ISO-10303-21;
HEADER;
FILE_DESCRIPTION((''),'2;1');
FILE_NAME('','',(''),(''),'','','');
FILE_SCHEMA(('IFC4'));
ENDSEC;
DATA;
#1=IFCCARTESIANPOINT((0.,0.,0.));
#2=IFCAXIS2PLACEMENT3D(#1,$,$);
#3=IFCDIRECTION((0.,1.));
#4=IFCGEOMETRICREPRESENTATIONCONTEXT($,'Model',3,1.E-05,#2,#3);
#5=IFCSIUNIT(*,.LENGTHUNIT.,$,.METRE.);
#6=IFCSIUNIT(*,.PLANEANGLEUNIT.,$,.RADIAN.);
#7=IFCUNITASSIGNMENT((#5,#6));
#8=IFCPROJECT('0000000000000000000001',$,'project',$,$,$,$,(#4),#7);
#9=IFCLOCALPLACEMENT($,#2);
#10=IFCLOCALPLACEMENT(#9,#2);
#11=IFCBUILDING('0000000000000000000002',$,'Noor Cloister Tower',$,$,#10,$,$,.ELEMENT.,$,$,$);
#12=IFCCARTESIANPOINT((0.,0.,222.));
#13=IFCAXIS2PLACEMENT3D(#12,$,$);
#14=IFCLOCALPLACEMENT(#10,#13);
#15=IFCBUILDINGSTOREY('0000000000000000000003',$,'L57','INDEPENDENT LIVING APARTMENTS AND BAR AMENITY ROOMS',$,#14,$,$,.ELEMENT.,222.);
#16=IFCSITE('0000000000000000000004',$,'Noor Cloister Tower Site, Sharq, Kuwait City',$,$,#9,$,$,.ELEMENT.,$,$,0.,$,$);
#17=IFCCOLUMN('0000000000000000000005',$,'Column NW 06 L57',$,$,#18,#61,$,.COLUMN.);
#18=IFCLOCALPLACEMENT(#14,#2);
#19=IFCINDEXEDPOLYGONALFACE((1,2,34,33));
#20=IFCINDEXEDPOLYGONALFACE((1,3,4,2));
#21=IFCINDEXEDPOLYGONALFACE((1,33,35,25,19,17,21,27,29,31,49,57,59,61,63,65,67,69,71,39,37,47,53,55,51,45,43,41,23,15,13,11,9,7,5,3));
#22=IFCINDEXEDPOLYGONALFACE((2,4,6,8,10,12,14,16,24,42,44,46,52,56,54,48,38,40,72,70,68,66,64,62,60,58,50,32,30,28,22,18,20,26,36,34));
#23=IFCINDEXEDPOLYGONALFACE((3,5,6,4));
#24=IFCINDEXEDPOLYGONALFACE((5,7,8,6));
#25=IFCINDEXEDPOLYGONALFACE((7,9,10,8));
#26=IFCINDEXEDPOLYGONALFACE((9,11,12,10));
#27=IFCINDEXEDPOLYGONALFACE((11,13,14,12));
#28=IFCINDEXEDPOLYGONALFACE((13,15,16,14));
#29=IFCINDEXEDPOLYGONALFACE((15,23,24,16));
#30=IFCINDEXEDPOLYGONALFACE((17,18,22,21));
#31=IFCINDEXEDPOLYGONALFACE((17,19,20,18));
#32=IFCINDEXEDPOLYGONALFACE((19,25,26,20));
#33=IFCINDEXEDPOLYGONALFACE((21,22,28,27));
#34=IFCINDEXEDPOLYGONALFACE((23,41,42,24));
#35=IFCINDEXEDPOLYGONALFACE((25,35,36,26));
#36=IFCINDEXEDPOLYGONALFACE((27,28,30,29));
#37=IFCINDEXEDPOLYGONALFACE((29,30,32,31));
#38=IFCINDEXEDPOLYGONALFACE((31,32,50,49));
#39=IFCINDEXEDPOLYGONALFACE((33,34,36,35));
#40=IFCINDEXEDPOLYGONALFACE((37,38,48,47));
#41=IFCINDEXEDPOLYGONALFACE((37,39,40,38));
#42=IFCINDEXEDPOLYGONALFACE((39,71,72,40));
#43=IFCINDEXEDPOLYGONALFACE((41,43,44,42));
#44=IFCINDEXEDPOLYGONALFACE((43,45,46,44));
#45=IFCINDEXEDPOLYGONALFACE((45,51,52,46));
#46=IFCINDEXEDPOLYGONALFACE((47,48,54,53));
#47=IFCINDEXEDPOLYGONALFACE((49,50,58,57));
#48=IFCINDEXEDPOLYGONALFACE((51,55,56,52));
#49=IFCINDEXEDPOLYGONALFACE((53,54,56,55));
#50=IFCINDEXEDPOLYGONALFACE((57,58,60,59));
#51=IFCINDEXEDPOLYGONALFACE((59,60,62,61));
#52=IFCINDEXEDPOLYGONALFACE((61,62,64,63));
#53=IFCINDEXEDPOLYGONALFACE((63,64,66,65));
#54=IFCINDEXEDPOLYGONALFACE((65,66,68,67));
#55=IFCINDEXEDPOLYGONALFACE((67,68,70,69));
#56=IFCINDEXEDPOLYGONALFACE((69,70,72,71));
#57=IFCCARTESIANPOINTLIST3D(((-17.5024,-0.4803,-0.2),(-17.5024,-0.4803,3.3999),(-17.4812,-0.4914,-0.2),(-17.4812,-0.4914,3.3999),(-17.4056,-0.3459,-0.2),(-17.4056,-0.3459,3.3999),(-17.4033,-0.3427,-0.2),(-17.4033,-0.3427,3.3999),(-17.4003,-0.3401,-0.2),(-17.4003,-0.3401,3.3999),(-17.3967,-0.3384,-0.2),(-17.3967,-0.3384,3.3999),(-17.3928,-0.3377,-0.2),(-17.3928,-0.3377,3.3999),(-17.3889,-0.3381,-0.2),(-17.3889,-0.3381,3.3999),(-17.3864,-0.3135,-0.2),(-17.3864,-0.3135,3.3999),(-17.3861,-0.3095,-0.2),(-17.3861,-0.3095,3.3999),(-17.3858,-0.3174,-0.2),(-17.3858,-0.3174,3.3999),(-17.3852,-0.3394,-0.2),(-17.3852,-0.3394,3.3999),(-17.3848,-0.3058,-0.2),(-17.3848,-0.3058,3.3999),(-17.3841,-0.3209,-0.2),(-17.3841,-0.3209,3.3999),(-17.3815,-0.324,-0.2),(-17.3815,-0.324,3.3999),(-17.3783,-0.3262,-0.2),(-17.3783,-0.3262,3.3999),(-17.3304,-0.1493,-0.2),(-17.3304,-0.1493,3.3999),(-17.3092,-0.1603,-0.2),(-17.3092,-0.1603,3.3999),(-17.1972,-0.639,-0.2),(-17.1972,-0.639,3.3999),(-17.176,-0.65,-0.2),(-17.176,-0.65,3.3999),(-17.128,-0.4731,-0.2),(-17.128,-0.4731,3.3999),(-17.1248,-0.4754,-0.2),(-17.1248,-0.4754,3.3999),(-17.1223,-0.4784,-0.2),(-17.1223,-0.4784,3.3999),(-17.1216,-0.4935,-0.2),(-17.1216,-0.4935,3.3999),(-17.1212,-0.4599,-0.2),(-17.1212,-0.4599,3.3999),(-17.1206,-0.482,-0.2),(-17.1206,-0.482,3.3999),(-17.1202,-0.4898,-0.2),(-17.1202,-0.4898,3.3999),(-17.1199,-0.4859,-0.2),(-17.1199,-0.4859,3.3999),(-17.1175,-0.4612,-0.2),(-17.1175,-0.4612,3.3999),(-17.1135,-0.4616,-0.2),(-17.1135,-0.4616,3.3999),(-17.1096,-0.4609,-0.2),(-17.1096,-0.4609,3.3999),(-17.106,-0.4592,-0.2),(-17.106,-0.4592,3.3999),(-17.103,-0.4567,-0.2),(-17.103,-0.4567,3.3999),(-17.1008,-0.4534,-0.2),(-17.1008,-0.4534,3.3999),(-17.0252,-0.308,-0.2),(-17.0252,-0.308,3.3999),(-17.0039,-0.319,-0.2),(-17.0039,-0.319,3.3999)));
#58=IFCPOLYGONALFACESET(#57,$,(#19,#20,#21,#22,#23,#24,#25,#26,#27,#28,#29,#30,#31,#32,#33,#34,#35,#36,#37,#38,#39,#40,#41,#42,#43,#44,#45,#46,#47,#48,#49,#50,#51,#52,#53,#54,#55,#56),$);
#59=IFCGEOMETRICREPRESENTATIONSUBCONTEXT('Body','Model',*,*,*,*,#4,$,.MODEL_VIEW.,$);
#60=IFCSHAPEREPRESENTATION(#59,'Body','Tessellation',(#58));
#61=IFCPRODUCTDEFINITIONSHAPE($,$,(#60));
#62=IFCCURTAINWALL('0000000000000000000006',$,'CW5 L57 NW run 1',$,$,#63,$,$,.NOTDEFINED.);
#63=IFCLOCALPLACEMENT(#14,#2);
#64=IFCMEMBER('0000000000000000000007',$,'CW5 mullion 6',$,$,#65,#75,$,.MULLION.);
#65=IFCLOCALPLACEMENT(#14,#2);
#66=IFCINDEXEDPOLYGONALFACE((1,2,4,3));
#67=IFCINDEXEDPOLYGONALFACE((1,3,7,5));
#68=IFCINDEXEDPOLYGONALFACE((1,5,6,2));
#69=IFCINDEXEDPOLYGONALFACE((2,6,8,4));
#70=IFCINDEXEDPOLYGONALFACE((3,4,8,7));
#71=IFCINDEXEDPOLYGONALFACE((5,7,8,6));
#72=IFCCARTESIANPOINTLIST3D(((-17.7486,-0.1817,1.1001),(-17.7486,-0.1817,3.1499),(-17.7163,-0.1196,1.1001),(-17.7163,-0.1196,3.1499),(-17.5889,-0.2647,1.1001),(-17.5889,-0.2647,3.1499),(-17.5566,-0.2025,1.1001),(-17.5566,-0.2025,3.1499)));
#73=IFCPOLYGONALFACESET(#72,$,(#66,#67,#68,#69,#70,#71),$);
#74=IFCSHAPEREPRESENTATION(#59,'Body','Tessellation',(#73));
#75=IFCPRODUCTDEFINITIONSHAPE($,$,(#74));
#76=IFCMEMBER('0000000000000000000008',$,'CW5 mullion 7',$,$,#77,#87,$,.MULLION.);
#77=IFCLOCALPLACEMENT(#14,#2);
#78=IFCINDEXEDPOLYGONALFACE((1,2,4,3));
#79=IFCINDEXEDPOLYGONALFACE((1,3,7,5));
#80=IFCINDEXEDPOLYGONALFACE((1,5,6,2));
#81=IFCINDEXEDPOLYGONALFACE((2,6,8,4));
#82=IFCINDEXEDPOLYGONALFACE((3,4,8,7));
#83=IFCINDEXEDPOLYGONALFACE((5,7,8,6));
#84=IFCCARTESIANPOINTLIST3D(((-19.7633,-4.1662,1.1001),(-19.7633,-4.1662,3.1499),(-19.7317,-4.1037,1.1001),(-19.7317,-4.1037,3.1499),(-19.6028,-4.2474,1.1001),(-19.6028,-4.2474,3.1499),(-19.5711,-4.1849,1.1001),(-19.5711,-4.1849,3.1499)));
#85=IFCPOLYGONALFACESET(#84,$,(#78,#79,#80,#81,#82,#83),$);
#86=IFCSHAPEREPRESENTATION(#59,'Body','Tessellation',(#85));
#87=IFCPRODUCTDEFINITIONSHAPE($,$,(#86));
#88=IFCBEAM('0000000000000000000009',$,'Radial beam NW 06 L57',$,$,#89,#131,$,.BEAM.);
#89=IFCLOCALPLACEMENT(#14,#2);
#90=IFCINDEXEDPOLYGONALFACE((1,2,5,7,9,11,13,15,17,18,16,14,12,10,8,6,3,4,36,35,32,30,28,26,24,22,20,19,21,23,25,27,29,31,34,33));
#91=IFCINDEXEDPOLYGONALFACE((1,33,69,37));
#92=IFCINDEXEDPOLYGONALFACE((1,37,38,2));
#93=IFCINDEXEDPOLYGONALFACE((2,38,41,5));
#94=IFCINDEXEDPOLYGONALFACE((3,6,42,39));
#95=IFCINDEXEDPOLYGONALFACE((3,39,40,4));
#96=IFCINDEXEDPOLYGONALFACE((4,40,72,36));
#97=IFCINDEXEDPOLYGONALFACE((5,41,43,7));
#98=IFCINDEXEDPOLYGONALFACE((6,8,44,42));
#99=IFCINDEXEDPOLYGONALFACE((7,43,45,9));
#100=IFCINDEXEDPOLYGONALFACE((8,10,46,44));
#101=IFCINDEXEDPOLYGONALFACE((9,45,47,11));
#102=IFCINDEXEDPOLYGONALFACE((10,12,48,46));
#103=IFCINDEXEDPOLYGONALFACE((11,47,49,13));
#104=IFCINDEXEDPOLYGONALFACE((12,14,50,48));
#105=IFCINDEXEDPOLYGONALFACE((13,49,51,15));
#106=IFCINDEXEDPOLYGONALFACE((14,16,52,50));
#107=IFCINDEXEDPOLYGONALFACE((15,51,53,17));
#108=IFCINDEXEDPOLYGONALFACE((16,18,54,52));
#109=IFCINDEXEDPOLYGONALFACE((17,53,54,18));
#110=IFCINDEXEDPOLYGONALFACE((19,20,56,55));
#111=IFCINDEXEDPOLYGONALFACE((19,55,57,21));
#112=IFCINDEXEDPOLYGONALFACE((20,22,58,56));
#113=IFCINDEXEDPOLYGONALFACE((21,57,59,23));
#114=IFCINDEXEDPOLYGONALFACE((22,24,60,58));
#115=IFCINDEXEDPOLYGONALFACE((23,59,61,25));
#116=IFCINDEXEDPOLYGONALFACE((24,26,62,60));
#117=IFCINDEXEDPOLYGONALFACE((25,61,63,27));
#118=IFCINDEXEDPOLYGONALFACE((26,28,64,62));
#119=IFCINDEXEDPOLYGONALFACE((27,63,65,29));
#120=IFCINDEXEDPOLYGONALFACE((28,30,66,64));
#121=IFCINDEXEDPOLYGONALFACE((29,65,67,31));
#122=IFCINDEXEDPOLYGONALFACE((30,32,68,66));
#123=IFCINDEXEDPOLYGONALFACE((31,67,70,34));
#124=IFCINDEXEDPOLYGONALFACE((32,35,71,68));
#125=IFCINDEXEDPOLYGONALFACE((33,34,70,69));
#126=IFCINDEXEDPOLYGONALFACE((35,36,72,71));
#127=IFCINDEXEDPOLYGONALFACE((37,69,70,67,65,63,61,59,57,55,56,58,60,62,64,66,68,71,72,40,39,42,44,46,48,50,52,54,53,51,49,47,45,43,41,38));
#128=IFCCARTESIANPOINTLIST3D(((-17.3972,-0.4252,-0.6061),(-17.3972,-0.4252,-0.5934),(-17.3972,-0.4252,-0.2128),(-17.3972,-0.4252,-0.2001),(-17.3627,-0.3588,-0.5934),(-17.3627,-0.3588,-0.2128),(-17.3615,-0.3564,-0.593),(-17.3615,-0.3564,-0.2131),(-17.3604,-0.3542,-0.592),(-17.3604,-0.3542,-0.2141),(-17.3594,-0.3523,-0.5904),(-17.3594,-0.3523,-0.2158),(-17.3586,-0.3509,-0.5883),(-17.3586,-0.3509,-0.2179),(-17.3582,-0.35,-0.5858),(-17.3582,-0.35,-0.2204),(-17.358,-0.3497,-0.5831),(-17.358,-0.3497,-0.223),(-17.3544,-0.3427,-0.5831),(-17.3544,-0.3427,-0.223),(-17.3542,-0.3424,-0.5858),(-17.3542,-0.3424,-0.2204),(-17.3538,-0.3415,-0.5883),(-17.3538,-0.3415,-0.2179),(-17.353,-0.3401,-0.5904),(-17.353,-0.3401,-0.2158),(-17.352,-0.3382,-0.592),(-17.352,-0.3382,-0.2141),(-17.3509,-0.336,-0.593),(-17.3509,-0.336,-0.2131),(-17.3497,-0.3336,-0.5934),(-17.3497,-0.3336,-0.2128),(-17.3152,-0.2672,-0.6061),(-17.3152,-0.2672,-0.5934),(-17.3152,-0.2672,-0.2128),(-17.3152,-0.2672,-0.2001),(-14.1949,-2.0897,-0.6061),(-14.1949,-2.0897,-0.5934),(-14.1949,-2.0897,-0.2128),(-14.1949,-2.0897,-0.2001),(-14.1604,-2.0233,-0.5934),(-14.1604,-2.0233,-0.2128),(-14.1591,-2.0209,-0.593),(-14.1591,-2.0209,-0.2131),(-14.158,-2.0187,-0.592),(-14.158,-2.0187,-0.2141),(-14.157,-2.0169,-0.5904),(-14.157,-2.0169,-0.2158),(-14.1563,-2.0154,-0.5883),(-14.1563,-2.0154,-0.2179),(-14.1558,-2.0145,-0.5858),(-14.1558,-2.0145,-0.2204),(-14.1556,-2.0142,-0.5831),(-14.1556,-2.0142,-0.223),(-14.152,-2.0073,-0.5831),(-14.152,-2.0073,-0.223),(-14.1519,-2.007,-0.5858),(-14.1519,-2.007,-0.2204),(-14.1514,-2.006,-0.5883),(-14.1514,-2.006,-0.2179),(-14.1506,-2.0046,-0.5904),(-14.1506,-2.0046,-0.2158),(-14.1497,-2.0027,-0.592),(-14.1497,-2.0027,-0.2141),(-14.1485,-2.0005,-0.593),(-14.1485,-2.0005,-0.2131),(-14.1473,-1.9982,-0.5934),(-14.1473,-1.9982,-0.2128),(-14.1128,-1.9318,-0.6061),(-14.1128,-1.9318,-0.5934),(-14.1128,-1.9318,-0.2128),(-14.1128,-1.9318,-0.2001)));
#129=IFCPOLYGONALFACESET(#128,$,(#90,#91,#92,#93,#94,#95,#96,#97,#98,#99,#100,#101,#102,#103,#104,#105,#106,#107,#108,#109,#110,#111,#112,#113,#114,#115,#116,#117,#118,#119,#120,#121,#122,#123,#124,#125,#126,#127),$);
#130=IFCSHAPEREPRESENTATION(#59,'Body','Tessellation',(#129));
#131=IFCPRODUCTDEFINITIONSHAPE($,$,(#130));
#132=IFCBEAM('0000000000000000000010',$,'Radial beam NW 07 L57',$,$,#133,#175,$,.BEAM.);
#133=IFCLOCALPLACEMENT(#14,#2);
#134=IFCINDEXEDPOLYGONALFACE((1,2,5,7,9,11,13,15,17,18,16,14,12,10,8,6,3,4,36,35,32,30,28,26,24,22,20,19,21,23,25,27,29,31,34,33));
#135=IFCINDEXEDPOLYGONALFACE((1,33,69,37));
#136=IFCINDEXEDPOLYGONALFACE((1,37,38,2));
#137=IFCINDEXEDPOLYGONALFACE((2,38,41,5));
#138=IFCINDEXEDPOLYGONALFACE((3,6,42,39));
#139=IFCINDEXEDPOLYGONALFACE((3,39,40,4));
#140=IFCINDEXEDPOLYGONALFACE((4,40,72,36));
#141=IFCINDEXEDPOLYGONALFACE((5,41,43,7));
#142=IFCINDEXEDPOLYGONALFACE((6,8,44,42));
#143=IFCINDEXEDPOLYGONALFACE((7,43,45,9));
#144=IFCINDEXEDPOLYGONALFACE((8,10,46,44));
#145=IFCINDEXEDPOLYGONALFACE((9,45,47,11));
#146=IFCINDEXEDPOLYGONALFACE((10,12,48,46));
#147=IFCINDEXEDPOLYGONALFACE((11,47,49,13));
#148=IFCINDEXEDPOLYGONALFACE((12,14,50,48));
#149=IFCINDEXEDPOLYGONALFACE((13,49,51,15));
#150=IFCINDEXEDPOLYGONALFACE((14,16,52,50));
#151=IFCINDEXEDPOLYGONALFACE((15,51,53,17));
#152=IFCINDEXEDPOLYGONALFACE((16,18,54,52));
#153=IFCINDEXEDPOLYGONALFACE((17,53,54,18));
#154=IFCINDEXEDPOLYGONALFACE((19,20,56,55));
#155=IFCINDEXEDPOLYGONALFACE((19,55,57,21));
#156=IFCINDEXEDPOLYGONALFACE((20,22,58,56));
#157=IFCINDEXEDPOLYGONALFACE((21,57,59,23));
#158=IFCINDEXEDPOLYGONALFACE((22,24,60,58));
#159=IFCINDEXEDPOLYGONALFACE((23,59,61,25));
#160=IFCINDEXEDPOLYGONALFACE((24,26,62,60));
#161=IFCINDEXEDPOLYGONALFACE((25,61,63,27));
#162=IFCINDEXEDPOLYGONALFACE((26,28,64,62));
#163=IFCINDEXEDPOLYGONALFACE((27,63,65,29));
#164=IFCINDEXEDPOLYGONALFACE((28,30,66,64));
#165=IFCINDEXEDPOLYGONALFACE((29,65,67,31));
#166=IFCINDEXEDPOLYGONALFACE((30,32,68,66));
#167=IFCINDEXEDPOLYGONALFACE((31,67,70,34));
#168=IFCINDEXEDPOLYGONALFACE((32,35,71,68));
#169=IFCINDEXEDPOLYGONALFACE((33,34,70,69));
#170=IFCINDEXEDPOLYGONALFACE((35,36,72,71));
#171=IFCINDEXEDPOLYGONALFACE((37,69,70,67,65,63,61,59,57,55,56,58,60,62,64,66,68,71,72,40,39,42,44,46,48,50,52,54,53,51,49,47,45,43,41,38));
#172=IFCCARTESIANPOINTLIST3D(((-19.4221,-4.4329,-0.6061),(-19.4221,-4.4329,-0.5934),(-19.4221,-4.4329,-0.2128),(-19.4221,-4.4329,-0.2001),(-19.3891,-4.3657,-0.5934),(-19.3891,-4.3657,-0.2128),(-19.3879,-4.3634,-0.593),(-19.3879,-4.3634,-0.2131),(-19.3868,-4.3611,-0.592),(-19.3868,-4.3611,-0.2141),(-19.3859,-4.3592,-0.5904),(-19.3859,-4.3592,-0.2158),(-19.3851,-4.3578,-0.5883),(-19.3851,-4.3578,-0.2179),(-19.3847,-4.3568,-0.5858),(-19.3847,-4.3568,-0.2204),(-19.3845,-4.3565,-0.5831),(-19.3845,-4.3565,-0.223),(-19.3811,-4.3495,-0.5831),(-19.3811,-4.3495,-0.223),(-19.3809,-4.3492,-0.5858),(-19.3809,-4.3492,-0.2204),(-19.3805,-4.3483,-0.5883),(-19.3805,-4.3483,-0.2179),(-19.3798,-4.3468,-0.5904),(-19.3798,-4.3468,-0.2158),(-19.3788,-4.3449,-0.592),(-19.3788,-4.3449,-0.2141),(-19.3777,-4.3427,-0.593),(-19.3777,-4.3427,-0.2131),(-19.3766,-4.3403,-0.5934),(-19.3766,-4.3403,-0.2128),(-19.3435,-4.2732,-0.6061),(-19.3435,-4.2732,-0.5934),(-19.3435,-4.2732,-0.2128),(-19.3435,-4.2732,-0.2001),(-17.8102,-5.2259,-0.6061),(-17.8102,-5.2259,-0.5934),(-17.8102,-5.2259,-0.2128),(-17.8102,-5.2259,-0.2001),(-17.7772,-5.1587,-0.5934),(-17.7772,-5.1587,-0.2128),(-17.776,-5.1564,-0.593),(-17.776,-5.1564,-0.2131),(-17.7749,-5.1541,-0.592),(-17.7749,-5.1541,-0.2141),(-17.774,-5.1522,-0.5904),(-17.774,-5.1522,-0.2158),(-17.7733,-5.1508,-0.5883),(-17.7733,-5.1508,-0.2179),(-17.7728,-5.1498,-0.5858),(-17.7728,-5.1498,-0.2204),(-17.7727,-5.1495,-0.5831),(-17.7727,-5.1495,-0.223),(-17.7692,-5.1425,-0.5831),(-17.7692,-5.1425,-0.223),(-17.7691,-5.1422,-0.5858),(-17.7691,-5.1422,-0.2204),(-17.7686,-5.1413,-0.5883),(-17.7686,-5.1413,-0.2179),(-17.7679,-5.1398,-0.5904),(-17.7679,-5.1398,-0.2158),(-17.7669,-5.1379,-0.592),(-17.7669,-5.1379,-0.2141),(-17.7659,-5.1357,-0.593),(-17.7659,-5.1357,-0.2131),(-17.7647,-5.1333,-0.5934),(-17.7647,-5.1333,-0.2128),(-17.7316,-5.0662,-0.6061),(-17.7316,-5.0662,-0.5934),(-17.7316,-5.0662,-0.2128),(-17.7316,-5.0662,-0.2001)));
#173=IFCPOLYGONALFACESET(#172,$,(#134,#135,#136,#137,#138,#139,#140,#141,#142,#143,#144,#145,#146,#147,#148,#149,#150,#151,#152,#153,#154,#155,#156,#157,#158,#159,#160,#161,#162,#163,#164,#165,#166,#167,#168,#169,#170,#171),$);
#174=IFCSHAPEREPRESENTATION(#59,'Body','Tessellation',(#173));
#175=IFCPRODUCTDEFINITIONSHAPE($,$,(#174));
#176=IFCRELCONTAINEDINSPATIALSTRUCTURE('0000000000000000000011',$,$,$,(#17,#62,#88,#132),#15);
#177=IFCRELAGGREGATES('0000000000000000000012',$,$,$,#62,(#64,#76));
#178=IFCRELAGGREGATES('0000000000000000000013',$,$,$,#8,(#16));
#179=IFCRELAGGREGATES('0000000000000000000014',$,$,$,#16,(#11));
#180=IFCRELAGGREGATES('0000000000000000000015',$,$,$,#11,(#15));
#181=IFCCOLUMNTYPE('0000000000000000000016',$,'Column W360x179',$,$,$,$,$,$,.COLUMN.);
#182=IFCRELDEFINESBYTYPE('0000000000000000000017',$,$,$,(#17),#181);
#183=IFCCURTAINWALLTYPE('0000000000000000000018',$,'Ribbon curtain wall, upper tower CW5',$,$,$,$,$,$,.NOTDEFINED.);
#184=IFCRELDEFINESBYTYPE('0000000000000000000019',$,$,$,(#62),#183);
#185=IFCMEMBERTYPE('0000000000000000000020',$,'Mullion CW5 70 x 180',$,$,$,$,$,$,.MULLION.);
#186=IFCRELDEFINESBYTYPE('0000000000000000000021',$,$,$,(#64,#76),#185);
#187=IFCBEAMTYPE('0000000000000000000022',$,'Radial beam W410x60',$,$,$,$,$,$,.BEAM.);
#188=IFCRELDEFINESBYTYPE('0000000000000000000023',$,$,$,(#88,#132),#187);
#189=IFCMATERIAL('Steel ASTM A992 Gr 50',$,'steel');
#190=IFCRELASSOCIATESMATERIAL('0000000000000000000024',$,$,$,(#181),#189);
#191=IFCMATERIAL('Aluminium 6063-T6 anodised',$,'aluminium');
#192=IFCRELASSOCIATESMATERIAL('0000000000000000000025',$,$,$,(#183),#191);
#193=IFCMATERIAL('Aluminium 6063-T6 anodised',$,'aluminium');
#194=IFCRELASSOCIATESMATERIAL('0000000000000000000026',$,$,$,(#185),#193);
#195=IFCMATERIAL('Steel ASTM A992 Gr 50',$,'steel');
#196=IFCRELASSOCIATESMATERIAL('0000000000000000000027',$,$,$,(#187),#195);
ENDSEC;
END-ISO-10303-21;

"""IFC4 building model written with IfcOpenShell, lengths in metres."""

from ifc_helpers import new_model, si_unit, direction, frame, origin, origin_2d, place, context, subcontext, project, spatial, rectangle, i_section, extrude, material, material_profile, profile_set, type_object, element, aggregate, save


model = new_model("IFC4")

# Units and contexts
model_context = context("Model", 3, precision=1e-05, world=origin(), true_north=direction((0.0, 1.0)))
body_context = subcontext(model_context, "Body", "Model", "MODEL_VIEW")
ifc_project = project(units=[si_unit("LENGTHUNIT", "METRE"), si_unit("PLANEANGLEUNIT", "RADIAN")], contexts=[model_context])

# Site, building, storey
site_placement = place(None, origin())
site = spatial("IfcSite", under=ifc_project, at=site_placement, Name="Noor Cloister Tower Site, Sharq, Kuwait City", CompositionType="ELEMENT", RefElevation=0.0)
building_placement = place(site_placement, origin())
building = spatial("IfcBuilding", under=site, at=building_placement, Name="Noor Cloister Tower", CompositionType="ELEMENT")
storey_placement = place(building_placement, frame((0.0, 0.0, 222.0)))
storey = spatial("IfcBuildingStorey", under=building, at=storey_placement, Name="L57", Description="INDEPENDENT LIVING APARTMENTS AND BAR AMENITY ROOMS", CompositionType="ELEMENT", Elevation=222.0)

# Column
ifc_material_1 = material(Name="Steel ASTM A992 Gr 50", Category="steel")
ifc_material_profile_1 = material_profile(ifc_material_1, i_section(OverallWidth=0.373, OverallDepth=0.3679, WebThickness=0.0149, FlangeThickness=0.0239, FilletRadius=0.0151, at=origin_2d()), Name="W360x179")
ifc_profile_set_1 = profile_set([ifc_material_profile_1], Name="Steel ASTM A992 Gr 50")
column_type = type_object("IfcColumnType", Name="Column W360x179", PredefinedType="COLUMN", material=ifc_profile_set_1)
column_placement = place(storey_placement, frame((-17.2532, -0.3997, -0.2), z_axis=(0.0, 0.0, 1.0), x_axis=(-0.461186, -0.887303, 0.0)))
element("IfcColumn", 1, at=column_placement, inside=storey, type_object=column_type, Name="Column NW 06 L57", PredefinedType="COLUMN", context=body_context, shape_type="SweptSolid", body=[
    extrude(i_section(OverallWidth=0.373, OverallDepth=0.3679, WebThickness=0.0149, FlangeThickness=0.0239, FilletRadius=0.0151, at=origin_2d()), origin(), (0.0, 0.0, 1.0), 3.5999),
])

# Curtain wall, members
ifc_material_2 = material(Name="Aluminium 6063-T6 anodised", Category="aluminium")
curtain_wall_type = type_object("IfcCurtainWallType", Name="Ribbon curtain wall, upper tower CW5", PredefinedType="NOTDEFINED", material=ifc_material_2)
curtain_wall_placement = place(storey_placement, origin())
curtain_wall = element("IfcCurtainWall", 2, at=curtain_wall_placement, inside=storey, type_object=curtain_wall_type, Name="CW5 L57 NW run 1", PredefinedType="NOTDEFINED")
ifc_material_3 = material(Name="Aluminium 6063-T6 anodised", Category="aluminium")
ifc_material_profile_2 = material_profile(ifc_material_3, rectangle(XDim=0.1799, YDim=0.0701, at=origin_2d()), Name="180 x 70 mullion")
ifc_profile_set_2 = profile_set([ifc_material_profile_2], Name="Aluminium 6063-T6 anodised")
member_type = type_object("IfcMemberType", Name="Mullion CW5 70 x 180", PredefinedType="MULLION", material=ifc_profile_set_2)
member_1_placement = place(storey_placement, frame((-17.6526, -0.1921, 1.1001), z_axis=(0.0, 0.0, 1.0), x_axis=(0.887303, -0.461186, 0.0)))
member_1 = element("IfcMember", 3, at=member_1_placement, type_object=member_type, Name="CW5 mullion 6", PredefinedType="MULLION", context=body_context, shape_type="SweptSolid", body=[
    extrude(rectangle(XDim=0.1799, YDim=0.0701, at=origin_2d()), origin(), (0.0, 0.0, 1.0), 2.0498),
])
member_2_placement = place(storey_placement, frame((-19.6672, -4.1755, 1.1001), z_axis=(0.0, 0.0, 1.0), x_axis=(0.892353, -0.451339, 0.0)))
member_2 = element("IfcMember", 4, at=member_2_placement, type_object=member_type, Name="CW5 mullion 7", PredefinedType="MULLION", context=body_context, shape_type="SweptSolid", body=[
    extrude(rectangle(XDim=0.1799, YDim=0.0701, at=origin_2d()), origin(), (0.0, 0.0, 1.0), 2.0498),
])

# Beams
ifc_material_4 = material(Name="Steel ASTM A992 Gr 50", Category="steel")
ifc_material_profile_3 = material_profile(ifc_material_4, i_section(OverallWidth=0.178, OverallDepth=0.406, WebThickness=0.0078, FlangeThickness=0.0127, FilletRadius=0.0103, at=origin_2d()), Name="W410x60")
ifc_profile_set_3 = profile_set([ifc_material_profile_3], Name="Steel ASTM A992 Gr 50")
beam_type_1 = type_object("IfcBeamType", Name="Radial beam W410x60", PredefinedType="BEAM", material=ifc_profile_set_3)
beam_1_placement = place(storey_placement, frame((-17.3562, -0.3462, -0.4031), z_axis=(0.887295, -0.461202, 0.0), x_axis=(0.461202, 0.887295, 0.0)))
element("IfcBeam", 5, at=beam_1_placement, inside=storey, type_object=beam_type_1, Name="Radial beam NW 06 L57", PredefinedType="BEAM", context=body_context, shape_type="SweptSolid", body=[
    extrude(i_section(OverallWidth=0.178, OverallDepth=0.406, WebThickness=0.0078, FlangeThickness=0.0127, FilletRadius=0.0103, at=origin_2d()), origin(), (0.0, 0.0, 1.0), 3.6091),
])
beam_2_placement = place(storey_placement, frame((-19.3828, -4.353, -0.4031), z_axis=(0.89729, -0.441442, 0.0), x_axis=(0.441442, 0.89729, 0.0)))
element("IfcBeam", 6, at=beam_2_placement, inside=storey, type_object=beam_type_1, Name="Radial beam NW 07 L57", PredefinedType="BEAM", context=body_context, shape_type="SweptSolid", body=[
    extrude(i_section(OverallWidth=0.178, OverallDepth=0.406, WebThickness=0.0078, FlangeThickness=0.0127, FilletRadius=0.0103, at=origin_2d()), origin(), (0.0, 0.0, 1.0), 1.7964),
])

aggregate(curtain_wall, [member_1, member_2])

save(model, "model.ifc")
